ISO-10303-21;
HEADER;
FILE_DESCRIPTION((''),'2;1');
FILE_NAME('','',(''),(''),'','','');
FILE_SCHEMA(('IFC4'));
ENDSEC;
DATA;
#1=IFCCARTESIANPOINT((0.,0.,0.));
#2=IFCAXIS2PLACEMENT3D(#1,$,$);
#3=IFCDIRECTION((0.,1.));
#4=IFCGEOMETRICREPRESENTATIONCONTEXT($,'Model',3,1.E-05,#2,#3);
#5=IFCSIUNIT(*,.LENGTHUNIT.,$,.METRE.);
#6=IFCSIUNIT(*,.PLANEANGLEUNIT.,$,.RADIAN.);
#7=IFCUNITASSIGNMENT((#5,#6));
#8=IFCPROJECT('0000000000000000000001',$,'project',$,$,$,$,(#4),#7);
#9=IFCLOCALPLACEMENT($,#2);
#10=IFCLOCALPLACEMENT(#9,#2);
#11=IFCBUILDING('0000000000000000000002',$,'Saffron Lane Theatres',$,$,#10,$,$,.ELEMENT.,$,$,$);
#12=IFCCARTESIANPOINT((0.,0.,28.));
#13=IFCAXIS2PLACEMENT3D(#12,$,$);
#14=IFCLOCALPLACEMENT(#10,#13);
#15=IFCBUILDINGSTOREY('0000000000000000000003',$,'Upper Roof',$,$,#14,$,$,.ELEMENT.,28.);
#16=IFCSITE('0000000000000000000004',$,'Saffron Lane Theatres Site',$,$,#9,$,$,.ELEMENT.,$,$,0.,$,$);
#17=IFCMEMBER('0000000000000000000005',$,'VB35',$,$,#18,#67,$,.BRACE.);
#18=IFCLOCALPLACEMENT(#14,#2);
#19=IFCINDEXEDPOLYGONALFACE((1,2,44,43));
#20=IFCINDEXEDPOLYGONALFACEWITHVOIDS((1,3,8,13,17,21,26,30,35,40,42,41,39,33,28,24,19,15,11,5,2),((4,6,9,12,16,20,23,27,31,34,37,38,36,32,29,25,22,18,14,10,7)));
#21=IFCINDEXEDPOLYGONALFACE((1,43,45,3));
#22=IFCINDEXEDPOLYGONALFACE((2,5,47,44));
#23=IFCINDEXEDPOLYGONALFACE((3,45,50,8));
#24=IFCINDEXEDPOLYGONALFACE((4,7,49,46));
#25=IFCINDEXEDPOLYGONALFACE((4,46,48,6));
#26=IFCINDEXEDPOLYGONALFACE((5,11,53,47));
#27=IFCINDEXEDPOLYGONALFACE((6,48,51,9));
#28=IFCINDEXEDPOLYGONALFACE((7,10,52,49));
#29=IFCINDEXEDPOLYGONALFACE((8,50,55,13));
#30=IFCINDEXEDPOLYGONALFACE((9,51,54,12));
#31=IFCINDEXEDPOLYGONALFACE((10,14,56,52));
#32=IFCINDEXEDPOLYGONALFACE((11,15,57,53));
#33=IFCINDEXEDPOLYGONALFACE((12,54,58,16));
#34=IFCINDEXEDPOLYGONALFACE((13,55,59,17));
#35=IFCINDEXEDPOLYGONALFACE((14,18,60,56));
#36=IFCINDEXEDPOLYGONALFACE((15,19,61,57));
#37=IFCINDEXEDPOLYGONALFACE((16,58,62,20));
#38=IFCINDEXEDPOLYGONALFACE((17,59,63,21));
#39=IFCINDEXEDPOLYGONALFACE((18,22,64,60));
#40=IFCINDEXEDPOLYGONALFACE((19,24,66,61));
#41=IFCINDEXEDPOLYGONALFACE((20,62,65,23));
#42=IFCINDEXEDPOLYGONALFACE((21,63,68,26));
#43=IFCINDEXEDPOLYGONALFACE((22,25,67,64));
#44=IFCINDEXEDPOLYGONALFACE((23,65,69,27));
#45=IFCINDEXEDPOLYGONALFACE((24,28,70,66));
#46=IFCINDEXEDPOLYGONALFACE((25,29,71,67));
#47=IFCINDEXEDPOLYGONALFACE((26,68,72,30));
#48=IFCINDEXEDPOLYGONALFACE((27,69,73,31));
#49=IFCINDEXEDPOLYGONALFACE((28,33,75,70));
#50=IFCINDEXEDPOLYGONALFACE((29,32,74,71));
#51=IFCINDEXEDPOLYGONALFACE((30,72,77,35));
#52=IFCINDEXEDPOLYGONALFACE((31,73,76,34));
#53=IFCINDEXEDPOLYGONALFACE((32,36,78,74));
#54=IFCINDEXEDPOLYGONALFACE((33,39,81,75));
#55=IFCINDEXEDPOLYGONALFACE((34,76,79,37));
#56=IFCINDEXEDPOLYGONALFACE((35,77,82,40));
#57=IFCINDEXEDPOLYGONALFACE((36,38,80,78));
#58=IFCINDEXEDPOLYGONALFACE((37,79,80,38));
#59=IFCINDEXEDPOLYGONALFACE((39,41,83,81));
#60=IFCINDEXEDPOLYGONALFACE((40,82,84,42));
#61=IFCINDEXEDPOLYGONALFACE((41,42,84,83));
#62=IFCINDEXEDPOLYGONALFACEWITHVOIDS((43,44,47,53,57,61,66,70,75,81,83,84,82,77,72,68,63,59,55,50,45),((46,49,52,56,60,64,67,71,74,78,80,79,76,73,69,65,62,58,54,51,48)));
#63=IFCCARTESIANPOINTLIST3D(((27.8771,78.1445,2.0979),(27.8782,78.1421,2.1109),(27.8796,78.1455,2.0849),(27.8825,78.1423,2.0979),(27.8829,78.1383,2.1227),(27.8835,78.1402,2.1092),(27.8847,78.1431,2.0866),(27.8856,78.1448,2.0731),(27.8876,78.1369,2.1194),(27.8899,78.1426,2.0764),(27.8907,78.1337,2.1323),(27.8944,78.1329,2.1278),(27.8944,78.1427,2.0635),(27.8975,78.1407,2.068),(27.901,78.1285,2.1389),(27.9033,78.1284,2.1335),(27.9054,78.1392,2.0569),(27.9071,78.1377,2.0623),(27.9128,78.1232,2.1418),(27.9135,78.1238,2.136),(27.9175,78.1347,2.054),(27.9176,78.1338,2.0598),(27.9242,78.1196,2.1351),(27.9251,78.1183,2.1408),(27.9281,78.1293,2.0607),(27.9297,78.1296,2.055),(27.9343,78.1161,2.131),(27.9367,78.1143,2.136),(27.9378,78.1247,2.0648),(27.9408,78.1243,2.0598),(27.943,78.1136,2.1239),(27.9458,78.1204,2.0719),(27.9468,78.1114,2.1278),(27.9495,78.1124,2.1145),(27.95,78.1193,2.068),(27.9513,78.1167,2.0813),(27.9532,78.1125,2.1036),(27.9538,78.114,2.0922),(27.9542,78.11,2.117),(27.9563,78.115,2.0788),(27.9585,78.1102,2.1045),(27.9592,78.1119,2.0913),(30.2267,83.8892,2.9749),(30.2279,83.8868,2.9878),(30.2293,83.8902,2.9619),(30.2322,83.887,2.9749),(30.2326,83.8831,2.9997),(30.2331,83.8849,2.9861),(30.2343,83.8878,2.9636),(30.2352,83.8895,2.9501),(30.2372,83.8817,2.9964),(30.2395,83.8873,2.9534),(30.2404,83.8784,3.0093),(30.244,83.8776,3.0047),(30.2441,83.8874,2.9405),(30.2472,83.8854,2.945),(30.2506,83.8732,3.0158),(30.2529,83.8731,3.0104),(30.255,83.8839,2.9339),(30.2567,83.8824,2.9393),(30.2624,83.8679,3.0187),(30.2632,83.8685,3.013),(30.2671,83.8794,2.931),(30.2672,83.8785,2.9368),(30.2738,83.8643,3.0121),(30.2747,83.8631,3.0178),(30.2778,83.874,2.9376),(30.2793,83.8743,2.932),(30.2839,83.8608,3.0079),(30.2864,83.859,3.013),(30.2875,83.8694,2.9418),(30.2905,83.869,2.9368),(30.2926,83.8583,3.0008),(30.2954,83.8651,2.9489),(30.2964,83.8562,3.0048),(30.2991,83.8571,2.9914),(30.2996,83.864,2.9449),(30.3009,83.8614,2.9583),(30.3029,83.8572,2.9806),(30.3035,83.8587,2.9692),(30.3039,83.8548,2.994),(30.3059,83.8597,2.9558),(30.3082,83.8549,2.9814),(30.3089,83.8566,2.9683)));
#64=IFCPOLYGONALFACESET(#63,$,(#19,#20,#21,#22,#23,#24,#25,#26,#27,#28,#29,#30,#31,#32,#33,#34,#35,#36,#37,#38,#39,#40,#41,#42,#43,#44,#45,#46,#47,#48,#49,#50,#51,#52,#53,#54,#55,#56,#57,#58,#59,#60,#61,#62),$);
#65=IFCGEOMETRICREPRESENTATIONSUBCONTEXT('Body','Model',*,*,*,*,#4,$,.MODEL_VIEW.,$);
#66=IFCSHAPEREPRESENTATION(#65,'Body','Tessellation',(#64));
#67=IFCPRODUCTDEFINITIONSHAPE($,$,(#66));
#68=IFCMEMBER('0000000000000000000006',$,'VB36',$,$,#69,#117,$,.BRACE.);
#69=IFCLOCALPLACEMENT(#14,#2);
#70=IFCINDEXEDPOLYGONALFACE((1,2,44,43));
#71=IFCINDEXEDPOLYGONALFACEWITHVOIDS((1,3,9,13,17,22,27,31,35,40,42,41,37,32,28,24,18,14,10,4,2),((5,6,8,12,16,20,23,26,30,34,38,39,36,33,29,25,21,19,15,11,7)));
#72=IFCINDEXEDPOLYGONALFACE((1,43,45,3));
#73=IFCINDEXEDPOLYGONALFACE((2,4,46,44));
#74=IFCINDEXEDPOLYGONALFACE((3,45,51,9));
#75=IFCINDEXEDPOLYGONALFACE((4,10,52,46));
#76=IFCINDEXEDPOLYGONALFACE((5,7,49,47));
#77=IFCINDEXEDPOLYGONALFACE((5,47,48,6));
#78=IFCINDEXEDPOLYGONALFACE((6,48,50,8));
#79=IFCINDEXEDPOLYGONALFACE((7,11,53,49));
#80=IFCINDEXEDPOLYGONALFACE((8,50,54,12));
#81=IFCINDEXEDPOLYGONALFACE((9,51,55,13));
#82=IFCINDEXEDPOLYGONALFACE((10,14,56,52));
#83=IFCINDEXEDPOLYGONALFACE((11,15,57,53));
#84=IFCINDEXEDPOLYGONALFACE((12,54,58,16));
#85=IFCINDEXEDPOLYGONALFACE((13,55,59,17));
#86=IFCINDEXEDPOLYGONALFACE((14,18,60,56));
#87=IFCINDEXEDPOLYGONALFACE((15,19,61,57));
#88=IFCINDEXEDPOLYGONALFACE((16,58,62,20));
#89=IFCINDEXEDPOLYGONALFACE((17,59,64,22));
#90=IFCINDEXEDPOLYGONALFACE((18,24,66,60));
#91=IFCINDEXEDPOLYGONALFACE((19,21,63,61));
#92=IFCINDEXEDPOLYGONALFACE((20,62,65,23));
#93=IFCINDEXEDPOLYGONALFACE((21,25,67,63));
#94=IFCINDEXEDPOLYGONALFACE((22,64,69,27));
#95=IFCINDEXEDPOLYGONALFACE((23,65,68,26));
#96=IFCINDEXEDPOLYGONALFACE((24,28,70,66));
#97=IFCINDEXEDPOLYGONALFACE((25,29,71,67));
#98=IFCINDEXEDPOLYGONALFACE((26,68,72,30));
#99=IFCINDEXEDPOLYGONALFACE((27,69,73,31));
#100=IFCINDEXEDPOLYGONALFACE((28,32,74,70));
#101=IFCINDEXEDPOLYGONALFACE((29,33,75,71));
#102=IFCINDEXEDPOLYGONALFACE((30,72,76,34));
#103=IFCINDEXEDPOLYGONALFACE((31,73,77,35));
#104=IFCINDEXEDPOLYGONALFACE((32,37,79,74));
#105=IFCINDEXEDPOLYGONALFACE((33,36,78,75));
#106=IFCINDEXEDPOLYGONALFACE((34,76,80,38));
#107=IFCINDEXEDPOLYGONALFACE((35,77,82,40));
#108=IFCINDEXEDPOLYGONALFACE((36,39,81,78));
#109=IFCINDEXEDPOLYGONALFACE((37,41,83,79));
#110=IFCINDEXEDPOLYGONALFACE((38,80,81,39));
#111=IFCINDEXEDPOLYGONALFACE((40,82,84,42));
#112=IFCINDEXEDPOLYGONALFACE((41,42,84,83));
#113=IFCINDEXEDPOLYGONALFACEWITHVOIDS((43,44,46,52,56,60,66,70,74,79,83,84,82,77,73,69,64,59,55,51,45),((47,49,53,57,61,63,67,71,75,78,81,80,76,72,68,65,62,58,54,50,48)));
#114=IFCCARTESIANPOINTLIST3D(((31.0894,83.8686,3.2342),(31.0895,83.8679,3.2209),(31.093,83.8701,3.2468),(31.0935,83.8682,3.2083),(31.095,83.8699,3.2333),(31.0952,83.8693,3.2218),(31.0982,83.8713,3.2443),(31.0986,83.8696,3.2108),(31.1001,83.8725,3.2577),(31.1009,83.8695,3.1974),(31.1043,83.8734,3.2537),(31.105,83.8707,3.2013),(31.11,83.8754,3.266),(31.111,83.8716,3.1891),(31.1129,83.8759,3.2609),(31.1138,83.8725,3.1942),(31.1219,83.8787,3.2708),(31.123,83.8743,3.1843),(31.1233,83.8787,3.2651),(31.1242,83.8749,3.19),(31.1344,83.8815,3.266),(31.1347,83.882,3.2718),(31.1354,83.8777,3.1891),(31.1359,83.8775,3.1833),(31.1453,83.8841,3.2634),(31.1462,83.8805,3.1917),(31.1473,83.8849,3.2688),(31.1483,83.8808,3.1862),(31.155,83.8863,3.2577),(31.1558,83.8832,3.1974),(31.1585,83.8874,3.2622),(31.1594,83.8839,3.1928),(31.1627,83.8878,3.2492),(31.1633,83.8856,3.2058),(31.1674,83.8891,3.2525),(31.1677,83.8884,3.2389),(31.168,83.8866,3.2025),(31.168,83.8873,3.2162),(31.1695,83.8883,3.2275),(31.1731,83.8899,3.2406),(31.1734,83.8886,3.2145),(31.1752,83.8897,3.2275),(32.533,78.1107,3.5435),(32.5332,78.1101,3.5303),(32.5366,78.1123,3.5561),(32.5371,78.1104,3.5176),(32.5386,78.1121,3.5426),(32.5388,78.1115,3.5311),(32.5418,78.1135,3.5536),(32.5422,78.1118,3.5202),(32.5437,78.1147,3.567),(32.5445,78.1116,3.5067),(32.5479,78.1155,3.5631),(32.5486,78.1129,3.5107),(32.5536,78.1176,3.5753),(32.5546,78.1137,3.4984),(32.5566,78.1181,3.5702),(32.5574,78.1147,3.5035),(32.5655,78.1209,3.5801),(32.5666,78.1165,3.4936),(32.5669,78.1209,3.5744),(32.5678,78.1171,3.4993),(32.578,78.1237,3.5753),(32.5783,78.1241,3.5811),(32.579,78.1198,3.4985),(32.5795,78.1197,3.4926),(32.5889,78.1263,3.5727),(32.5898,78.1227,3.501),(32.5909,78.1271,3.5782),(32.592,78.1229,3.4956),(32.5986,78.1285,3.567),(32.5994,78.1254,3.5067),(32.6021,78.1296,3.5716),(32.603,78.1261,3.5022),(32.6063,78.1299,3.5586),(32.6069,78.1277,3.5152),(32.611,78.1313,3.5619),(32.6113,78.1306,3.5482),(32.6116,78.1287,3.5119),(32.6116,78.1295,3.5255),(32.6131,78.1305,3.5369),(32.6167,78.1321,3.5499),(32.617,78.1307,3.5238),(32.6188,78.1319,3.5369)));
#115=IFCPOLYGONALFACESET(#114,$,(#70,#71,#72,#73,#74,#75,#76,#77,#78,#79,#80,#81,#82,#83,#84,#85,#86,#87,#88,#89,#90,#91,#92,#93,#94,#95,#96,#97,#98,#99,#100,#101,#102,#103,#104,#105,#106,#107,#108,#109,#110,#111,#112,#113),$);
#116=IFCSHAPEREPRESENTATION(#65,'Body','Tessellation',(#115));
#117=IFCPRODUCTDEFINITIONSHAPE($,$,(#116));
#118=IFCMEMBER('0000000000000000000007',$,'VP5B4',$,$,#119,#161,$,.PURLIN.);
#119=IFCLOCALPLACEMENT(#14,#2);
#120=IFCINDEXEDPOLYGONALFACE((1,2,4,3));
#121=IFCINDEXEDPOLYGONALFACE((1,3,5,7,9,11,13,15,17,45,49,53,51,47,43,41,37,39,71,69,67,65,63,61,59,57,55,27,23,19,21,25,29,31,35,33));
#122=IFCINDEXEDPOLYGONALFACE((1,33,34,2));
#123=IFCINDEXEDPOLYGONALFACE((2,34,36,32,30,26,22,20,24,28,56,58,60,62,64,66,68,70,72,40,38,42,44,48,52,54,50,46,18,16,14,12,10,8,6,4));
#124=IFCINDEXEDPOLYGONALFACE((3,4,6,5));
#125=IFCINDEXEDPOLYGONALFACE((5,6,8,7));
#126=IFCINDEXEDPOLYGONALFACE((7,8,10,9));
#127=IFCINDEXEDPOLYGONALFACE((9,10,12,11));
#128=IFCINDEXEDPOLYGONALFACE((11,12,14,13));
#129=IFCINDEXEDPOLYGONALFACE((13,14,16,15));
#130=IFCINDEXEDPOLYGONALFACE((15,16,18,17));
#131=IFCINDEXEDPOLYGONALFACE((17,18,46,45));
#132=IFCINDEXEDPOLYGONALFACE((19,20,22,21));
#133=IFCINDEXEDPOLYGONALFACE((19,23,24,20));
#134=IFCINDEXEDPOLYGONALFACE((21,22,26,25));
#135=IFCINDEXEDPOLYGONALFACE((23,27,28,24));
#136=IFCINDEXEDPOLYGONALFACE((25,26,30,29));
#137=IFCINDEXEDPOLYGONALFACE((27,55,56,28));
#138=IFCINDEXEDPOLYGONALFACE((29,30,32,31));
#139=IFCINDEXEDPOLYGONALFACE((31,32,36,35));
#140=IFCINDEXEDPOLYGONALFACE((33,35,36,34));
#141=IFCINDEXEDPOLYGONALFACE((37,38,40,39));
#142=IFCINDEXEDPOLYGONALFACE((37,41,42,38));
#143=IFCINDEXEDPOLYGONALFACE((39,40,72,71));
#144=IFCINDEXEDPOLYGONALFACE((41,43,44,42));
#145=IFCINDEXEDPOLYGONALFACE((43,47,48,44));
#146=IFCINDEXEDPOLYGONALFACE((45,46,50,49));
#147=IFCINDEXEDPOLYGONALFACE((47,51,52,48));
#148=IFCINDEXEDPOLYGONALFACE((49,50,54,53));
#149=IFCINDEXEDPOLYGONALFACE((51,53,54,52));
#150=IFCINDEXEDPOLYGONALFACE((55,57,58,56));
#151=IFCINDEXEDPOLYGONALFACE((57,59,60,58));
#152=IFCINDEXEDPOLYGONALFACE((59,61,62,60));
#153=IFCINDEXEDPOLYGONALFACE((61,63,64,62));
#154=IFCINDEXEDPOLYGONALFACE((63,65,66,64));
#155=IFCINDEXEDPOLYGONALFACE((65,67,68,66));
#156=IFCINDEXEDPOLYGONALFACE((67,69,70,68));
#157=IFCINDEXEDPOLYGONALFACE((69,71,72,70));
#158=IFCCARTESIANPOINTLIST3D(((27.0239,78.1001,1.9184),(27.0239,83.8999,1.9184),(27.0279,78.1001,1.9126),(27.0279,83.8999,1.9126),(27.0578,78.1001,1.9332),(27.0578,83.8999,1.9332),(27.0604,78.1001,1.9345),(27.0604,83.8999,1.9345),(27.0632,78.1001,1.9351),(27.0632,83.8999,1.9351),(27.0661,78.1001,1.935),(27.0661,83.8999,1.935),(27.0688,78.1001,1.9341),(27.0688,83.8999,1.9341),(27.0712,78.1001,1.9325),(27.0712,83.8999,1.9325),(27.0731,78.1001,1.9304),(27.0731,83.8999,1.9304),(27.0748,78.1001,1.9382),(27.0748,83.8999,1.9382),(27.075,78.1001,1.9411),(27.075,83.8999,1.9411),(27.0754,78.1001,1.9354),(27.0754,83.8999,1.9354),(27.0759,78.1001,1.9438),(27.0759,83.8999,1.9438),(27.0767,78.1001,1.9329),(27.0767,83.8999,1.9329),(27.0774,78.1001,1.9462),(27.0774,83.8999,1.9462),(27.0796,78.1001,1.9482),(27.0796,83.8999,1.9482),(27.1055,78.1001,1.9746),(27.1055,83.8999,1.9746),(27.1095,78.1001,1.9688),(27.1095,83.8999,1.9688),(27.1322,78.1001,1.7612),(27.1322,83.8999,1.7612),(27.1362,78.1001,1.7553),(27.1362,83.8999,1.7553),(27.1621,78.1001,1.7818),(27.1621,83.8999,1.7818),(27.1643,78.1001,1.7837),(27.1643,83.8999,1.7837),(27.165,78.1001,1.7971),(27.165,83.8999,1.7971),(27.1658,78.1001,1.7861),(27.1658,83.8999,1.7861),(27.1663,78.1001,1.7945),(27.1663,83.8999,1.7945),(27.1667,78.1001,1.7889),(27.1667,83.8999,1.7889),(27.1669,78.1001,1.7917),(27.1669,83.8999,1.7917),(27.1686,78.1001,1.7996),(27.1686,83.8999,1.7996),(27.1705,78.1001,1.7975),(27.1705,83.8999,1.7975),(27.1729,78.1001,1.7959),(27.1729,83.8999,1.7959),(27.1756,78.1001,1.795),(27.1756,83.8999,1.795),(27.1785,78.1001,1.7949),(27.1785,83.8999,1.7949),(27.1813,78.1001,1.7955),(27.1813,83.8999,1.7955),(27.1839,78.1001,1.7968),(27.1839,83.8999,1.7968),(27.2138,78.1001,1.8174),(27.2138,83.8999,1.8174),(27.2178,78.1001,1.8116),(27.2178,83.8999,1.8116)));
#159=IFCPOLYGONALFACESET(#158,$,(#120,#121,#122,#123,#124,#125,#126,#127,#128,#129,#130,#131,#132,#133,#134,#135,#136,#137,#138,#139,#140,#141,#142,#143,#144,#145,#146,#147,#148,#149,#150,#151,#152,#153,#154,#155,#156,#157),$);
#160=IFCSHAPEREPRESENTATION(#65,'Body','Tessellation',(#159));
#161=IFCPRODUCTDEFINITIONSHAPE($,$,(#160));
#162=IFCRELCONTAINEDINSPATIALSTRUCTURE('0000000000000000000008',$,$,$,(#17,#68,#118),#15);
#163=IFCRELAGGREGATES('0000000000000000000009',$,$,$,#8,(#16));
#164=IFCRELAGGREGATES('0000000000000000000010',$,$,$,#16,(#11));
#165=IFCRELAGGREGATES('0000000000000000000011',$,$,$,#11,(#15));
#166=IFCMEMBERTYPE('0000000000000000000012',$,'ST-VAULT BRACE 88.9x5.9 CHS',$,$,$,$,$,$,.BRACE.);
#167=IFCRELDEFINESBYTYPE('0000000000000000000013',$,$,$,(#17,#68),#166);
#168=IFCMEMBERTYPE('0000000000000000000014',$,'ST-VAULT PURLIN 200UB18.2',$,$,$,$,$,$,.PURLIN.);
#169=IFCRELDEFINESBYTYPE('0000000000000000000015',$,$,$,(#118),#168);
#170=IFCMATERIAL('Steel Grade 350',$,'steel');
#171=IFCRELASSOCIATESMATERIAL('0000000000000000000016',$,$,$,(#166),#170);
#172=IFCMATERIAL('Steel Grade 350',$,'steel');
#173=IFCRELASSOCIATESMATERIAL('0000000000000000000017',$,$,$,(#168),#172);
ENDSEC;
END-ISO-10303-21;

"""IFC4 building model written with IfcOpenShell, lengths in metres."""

from ifc_helpers import new_model, si_unit, direction, frame, origin, origin_2d, place, context, subcontext, project, spatial, hollow_circle, i_section, extrude, material, material_profile, profile_set, type_object, element, save


model = new_model("IFC4")

# Units and contexts
model_context = context("Model", 3, precision=1e-05, world=origin(), true_north=direction((0.0, 1.0)))
body_context = subcontext(model_context, "Body", "Model", "MODEL_VIEW")
ifc_project = project(units=[si_unit("LENGTHUNIT", "METRE"), si_unit("PLANEANGLEUNIT", "RADIAN")], contexts=[model_context])

# Site, building, storey
site_placement = place(None, origin())
site = spatial("IfcSite", under=ifc_project, at=site_placement, Name="Saffron Lane Theatres Site", CompositionType="ELEMENT", RefElevation=0.0)
building_placement = place(site_placement, origin())
building = spatial("IfcBuilding", under=site, at=building_placement, Name="Saffron Lane Theatres", CompositionType="ELEMENT")
storey_placement = place(building_placement, frame((0.0, 0.0, 28.0)))
storey = spatial("IfcBuildingStorey", under=building, at=storey_placement, Name="Upper Roof", CompositionType="ELEMENT", Elevation=28.0)

# Members
ifc_material_1 = material(Name="Steel Grade 350", Category="steel")
ifc_material_profile_1 = material_profile(ifc_material_1, hollow_circle(Radius=0.0444, WallThickness=0.0059, at=origin_2d()))
ifc_profile_set_1 = profile_set([ifc_material_profile_1], Name="Steel Grade 350")
member_type_1 = type_object("IfcMemberType", Name="ST-VAULT BRACE 88.9x5.9 CHS", PredefinedType="BRACE", material=ifc_profile_set_1)
member_1_placement = place(storey_placement, frame((27.9182, 78.1277, 2.0979), z_axis=(0.374845, 0.91647, 0.139905), x_axis=(-0.925573, 0.378569, 0.0)))
element("IfcMember", 1, at=member_1_placement, inside=storey, type_object=member_type_1, Name="VB35", PredefinedType="BRACE", context=body_context, shape_type="SweptSolid", body=[
    extrude(hollow_circle(Radius=0.0444, WallThickness=0.0059, at=origin_2d()), origin(), (0.0, 0.0, 1.0), 6.2683),
])
member_2_placement = place(storey_placement, frame((31.1321, 83.8789, 3.2275), z_axis=(0.242864, -0.968663, 0.052039), x_axis=(0.969978, 0.243194, 0.0)))
element("IfcMember", 2, at=member_2_placement, inside=storey, type_object=member_type_1, Name="VB36", PredefinedType="BRACE", context=body_context, shape_type="SweptSolid", body=[
    extrude(hollow_circle(Radius=0.0444, WallThickness=0.0059, at=origin_2d()), origin(), (0.0, 0.0, 1.0), 5.9441),
])
ifc_material_2 = material(Name="Steel Grade 350", Category="steel")
ifc_material_profile_2 = material_profile(ifc_material_2, i_section(OverallWidth=0.0991, OverallDepth=0.198, WebThickness=0.0044, FlangeThickness=0.0071, FilletRadius=0.011, at=origin_2d()))
ifc_profile_set_2 = profile_set([ifc_material_profile_2], Name="Steel Grade 350")
member_type_2 = type_object("IfcMemberType", Name="ST-VAULT PURLIN 200UB18.2", PredefinedType="PURLIN", material=ifc_profile_set_2)
for number, where, z_axis, x_axis, name in (
    (3, (27.1208, 78.1001, 1.865), (0.0, 1.0, 0.0), (0.823487, 0.0, 0.567335), "VP5B4"),
):
    element("IfcMember", number, at=place(storey_placement, frame(where, z_axis=z_axis, x_axis=x_axis)), inside=storey, type_object=member_type_2, Name=name, PredefinedType="PURLIN", context=body_context, shape_type="SweptSolid", body=[
        extrude(i_section(OverallWidth=0.0991, OverallDepth=0.198, WebThickness=0.0044, FlangeThickness=0.0071, FilletRadius=0.011, at=origin_2d()), origin(), (0.0, 0.0, 1.0), 5.7998),
    ])

save(model, "model.ifc")
